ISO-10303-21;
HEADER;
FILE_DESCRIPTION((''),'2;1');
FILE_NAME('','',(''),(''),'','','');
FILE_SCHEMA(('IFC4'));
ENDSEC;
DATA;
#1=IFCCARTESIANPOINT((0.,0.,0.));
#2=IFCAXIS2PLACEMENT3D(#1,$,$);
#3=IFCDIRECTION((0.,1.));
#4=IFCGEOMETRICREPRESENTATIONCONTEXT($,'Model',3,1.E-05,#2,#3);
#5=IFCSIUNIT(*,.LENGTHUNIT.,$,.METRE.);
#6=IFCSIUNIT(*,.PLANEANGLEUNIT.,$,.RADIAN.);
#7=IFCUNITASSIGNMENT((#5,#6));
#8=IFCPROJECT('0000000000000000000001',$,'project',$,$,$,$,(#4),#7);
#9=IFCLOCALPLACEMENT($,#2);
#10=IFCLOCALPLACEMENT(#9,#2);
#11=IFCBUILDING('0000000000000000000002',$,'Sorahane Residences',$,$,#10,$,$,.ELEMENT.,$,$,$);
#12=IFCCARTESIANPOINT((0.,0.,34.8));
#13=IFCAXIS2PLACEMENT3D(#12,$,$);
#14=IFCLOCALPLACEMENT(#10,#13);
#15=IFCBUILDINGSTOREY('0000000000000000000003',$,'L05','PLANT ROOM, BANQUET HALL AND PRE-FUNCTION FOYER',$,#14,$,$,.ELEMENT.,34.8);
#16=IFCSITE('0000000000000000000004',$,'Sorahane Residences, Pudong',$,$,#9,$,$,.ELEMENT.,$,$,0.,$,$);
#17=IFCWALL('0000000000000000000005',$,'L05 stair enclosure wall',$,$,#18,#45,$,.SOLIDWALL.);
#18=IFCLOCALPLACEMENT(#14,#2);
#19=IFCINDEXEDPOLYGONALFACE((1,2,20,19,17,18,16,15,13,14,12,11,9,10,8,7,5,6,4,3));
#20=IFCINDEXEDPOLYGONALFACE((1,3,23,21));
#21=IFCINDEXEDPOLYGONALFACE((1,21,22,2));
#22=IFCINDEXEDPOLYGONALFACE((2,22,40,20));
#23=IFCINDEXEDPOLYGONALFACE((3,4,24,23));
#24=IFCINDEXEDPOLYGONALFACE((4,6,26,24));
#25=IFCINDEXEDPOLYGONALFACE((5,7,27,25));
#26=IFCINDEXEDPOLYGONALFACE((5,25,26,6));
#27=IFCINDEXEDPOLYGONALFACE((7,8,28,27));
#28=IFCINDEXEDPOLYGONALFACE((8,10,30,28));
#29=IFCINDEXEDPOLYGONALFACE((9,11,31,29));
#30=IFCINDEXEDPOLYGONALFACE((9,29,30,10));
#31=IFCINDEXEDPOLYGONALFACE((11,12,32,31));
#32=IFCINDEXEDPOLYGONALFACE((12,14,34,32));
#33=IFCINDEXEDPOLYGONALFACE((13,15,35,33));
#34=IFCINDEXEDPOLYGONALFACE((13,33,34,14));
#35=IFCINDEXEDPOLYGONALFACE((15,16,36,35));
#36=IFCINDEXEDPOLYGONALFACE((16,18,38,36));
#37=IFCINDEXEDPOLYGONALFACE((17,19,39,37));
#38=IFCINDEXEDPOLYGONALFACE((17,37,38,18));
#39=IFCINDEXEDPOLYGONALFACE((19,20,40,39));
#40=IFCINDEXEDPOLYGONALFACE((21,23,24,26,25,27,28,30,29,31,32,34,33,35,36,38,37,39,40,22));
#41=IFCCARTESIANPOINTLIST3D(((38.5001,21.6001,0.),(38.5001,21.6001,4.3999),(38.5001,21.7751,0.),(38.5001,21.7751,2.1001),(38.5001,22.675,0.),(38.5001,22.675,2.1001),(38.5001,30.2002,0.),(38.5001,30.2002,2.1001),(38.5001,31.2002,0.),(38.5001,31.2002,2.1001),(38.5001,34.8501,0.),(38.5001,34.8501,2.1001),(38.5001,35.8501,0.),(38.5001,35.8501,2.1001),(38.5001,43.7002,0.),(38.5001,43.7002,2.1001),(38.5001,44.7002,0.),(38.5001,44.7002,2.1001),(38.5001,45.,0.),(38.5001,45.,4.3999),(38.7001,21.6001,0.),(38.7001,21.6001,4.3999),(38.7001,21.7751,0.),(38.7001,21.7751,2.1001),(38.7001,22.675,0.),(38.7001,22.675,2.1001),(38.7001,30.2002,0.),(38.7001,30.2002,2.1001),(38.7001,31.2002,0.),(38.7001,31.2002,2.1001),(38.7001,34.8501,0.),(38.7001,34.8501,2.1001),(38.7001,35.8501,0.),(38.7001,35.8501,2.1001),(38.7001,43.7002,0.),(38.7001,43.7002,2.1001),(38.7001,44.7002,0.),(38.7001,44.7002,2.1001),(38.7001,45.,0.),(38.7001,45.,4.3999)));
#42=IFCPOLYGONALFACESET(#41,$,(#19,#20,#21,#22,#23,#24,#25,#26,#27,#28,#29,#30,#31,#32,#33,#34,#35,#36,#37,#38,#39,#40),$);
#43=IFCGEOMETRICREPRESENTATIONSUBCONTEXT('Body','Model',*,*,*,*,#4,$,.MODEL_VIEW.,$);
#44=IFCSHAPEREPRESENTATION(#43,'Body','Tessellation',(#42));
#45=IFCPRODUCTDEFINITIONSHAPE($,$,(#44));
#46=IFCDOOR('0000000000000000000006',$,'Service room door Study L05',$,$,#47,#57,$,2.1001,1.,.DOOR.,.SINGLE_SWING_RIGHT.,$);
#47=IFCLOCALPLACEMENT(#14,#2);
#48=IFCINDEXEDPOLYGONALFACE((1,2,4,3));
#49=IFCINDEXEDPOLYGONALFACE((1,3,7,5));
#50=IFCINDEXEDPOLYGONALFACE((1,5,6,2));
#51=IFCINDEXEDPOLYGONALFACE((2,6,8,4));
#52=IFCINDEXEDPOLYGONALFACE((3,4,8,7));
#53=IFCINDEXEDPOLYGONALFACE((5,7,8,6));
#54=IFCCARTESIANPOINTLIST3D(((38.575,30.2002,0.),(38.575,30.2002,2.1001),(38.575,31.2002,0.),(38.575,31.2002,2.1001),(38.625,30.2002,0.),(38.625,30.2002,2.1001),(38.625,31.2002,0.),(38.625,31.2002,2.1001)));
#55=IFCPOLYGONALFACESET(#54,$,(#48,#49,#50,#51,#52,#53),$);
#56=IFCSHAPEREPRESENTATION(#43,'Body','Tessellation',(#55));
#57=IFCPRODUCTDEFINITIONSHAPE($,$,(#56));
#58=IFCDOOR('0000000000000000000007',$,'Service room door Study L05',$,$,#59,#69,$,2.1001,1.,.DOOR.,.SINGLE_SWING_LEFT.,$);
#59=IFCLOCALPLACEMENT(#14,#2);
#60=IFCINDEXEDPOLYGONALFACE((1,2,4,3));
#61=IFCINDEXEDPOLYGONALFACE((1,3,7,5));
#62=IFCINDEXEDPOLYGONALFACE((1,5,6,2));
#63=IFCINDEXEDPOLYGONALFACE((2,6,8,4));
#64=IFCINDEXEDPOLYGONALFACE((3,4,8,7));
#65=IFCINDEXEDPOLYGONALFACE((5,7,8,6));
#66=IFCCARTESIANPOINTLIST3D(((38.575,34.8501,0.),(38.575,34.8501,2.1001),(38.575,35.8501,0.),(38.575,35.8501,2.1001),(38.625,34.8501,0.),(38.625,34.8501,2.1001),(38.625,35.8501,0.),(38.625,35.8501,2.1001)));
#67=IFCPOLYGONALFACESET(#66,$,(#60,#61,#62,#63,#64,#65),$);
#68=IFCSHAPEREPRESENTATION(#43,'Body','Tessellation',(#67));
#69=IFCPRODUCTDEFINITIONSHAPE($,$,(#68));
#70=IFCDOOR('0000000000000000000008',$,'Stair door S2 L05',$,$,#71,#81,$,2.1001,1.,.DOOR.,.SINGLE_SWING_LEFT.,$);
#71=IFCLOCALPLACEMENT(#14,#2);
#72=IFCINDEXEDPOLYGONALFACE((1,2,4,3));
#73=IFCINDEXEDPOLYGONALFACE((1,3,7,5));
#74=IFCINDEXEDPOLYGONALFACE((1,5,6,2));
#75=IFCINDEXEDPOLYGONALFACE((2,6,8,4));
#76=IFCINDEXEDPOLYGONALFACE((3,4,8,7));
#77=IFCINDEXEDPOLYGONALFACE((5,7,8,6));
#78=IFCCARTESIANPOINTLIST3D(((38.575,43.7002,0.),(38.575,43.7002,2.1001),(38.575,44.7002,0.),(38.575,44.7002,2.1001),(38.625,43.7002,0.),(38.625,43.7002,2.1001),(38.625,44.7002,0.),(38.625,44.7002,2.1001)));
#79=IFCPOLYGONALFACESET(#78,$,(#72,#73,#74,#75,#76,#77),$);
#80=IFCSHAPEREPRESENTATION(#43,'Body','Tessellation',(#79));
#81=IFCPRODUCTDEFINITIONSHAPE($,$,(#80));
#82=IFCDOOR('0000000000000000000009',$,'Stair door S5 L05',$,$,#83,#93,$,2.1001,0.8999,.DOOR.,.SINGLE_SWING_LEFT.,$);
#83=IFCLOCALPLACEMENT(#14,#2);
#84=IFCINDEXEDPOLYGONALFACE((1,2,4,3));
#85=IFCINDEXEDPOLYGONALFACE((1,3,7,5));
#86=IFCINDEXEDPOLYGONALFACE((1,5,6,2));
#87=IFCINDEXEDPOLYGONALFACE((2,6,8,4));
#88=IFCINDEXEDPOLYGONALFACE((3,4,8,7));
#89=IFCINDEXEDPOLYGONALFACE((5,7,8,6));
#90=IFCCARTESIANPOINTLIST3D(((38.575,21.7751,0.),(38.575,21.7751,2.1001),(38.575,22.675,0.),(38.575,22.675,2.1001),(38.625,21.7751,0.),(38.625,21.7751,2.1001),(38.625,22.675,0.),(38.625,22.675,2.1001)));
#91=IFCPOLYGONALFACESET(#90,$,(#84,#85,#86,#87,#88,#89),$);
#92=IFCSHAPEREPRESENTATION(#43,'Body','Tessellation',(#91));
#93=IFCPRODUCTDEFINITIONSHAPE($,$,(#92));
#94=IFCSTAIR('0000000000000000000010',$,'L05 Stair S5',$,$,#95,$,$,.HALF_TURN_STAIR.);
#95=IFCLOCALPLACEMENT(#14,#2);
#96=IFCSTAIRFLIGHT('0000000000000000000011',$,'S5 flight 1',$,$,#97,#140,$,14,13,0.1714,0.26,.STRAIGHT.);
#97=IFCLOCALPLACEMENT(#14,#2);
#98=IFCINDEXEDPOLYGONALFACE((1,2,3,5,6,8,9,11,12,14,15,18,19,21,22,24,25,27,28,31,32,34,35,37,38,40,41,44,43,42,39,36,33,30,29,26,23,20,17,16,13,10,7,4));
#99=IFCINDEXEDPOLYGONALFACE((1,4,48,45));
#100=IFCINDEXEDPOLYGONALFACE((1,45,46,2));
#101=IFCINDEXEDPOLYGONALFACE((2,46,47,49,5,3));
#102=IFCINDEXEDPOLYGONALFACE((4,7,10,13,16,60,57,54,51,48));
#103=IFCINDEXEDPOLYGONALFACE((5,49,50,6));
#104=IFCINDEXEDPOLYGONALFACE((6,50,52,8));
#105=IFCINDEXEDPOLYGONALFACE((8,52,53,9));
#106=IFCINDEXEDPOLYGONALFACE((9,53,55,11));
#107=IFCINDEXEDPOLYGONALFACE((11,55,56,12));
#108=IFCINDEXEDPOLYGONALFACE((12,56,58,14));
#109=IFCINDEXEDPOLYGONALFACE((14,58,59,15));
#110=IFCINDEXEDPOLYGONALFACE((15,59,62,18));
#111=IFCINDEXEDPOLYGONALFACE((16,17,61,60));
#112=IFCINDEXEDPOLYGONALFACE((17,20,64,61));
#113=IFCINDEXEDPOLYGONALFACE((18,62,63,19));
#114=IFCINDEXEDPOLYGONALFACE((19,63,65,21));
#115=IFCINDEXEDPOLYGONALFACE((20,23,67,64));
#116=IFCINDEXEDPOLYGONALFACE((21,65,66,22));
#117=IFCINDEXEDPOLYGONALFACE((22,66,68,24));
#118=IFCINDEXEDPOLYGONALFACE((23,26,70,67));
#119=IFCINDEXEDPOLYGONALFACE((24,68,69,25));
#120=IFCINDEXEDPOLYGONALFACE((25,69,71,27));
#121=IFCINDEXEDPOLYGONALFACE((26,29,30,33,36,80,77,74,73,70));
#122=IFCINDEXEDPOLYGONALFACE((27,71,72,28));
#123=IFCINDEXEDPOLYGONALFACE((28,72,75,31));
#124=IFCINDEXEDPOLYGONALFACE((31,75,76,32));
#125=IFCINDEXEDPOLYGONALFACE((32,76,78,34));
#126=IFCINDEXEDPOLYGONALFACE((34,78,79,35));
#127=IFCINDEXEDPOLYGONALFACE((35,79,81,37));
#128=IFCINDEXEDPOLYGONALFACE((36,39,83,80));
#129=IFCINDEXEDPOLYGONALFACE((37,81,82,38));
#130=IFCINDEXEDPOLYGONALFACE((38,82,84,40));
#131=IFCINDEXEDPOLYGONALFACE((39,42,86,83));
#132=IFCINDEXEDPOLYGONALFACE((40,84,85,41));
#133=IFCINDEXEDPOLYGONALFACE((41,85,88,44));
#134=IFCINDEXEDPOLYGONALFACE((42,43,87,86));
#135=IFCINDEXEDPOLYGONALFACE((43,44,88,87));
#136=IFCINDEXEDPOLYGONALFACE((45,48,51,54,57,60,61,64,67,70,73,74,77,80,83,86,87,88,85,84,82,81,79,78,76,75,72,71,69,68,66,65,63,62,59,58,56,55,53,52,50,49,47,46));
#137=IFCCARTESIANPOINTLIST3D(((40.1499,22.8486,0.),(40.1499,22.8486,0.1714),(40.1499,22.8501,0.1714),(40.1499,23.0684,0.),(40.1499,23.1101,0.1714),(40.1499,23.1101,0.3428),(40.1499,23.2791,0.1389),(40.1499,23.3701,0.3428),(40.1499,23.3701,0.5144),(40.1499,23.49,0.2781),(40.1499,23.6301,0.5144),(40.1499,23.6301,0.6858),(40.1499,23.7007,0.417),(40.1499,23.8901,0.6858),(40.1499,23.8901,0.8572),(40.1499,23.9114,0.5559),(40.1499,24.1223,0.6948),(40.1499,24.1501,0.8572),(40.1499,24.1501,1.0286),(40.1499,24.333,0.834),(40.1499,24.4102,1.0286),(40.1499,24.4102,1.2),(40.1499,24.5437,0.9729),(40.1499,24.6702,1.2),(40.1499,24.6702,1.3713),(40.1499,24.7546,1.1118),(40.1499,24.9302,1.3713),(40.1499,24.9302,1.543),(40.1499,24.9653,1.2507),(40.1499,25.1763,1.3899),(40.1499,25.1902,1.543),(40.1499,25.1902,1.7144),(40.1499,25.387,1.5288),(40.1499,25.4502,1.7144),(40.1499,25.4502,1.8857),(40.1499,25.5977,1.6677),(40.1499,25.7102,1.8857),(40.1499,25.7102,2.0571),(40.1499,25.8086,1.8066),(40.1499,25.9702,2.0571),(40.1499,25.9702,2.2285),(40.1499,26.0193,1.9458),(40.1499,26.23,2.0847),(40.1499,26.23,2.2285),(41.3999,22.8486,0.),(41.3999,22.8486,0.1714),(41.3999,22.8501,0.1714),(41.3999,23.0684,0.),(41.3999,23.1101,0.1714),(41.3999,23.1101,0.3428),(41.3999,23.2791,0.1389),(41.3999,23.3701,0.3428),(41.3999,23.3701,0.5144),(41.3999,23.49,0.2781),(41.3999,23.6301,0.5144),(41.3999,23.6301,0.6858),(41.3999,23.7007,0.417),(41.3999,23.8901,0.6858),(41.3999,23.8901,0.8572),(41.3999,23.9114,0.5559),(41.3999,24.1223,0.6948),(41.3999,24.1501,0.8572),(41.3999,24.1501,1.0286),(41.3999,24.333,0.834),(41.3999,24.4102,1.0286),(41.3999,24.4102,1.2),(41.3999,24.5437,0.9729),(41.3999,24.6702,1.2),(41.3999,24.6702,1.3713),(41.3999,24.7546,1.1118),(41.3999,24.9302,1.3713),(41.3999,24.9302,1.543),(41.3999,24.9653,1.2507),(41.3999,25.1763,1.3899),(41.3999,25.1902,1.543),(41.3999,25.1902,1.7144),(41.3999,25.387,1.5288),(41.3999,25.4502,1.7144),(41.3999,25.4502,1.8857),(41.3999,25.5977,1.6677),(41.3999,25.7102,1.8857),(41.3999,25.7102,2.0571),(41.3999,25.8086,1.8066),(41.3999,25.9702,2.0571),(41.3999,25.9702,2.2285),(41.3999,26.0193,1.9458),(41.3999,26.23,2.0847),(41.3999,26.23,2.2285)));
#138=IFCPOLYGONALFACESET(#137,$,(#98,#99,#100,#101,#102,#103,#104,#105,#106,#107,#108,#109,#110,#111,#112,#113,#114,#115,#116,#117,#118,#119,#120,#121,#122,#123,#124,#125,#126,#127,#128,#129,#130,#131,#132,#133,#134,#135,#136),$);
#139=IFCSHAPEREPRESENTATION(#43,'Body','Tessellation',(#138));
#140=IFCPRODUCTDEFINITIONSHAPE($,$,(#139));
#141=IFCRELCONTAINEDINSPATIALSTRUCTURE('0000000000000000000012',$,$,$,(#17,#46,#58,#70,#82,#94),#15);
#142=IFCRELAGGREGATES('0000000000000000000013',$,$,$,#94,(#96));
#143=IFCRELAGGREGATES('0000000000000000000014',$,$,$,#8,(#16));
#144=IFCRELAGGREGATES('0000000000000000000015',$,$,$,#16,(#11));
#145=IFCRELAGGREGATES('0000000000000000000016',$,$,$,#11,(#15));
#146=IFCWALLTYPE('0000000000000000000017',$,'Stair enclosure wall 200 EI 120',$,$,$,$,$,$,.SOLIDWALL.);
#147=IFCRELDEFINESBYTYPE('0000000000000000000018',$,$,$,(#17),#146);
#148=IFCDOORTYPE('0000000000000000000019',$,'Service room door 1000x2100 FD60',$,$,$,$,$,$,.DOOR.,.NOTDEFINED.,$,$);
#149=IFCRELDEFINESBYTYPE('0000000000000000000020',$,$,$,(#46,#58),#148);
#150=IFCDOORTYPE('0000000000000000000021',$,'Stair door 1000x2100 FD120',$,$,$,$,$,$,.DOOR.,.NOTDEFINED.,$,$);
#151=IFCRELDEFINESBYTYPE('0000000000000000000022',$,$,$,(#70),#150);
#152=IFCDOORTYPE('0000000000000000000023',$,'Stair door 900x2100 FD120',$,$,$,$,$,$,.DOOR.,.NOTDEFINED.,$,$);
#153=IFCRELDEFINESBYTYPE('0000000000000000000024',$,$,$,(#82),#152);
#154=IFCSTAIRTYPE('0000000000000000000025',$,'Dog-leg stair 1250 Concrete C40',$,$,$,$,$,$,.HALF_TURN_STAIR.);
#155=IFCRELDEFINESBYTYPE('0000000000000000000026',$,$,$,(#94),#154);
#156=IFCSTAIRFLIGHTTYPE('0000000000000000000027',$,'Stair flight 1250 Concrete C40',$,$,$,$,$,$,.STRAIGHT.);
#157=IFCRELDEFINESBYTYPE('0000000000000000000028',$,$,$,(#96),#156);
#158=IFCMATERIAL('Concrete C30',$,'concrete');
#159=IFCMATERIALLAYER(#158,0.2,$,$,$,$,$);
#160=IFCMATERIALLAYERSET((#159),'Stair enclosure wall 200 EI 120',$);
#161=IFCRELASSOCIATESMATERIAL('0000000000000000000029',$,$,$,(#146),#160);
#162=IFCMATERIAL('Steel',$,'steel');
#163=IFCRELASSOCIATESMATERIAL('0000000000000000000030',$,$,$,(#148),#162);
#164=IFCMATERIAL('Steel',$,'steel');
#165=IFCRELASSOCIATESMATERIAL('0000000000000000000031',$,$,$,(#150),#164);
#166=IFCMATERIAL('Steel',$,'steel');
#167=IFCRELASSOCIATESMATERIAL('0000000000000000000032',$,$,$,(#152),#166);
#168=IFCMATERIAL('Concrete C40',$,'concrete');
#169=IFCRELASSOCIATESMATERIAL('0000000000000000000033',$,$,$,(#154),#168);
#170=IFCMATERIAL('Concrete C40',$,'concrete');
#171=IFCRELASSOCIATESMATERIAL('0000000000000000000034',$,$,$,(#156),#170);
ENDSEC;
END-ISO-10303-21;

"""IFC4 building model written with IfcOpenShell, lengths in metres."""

from ifc_helpers import new_model, si_unit, direction, frame, frame_2d, origin, place, context, subcontext, project, spatial, polyline, rectangle, outline, extrude, material, layer, layer_set, type_object, element, fill, aggregate, save


model = new_model("IFC4")

# Units and contexts
model_context = context("Model", 3, precision=1e-05, world=origin(), true_north=direction((0.0, 1.0)))
body_context = subcontext(model_context, "Body", "Model", "MODEL_VIEW")
ifc_project = project(units=[si_unit("LENGTHUNIT", "METRE"), si_unit("PLANEANGLEUNIT", "RADIAN")], contexts=[model_context])

# Site, building, storey
site_placement = place(None, origin())
site = spatial("IfcSite", under=ifc_project, at=site_placement, Name="Sorahane Residences, Pudong", CompositionType="ELEMENT", RefElevation=0.0)
building_placement = place(site_placement, origin())
building = spatial("IfcBuilding", under=site, at=building_placement, Name="Sorahane Residences", CompositionType="ELEMENT")
storey_placement = place(building_placement, frame((0.0, 0.0, 34.8)))
storey = spatial("IfcBuildingStorey", under=building, at=storey_placement, Name="L05", Description="PLANT ROOM, BANQUET HALL AND PRE-FUNCTION FOYER", CompositionType="ELEMENT", Elevation=34.8)

# Wall, openings, doors
ifc_material_1 = material(Name="Concrete C30", Category="concrete")
ifc_layer_1 = layer(ifc_material_1, 0.2)
ifc_layer_set_1 = layer_set([ifc_layer_1], Name="Stair enclosure wall 200 EI 120")
wall_type_1 = type_object("IfcWallType", Name="Stair enclosure wall 200 EI 120", PredefinedType="SOLIDWALL", material=ifc_layer_set_1)
wall_1_placement = place(storey_placement, frame((38.6001, 21.6001, 0.0), z_axis=(0.0, 0.0, 1.0), x_axis=(0.0, 1.0, 0.0)))
wall_1 = element("IfcWall", 1, at=wall_1_placement, inside=storey, type_object=wall_type_1, Name="L05 stair enclosure wall", PredefinedType="SOLIDWALL", context=body_context, shape_type="SweptSolid", body=[
    extrude(rectangle(XDim=23.3999, YDim=0.2, at=frame_2d((11.7, 0.0))), origin(), (0.0, 0.0, 1.0), 4.3999),
])
opening_1_placement = place(wall_1_placement, frame((8.6001, 0.0, 0.0)))
opening_1 = element("IfcOpeningElement", 2, at=opening_1_placement, cuts=wall_1, PredefinedType="OPENING", context=body_context, shape_type="SweptSolid", body=[
    extrude(rectangle(XDim=1.0, YDim=2.1001, at=frame_2d((0.5, 1.05))), frame((0.0, 0.1099, 0.0), z_axis=(0.0, -1.0, 0.0), x_axis=(1.0, 0.0, 0.0)), (0.0, 0.0, 1.0), 0.22),
])
opening_2_placement = place(wall_1_placement, frame((13.25, 0.0, 0.0)))
opening_2 = element("IfcOpeningElement", 3, at=opening_2_placement, cuts=wall_1, PredefinedType="OPENING", context=body_context, shape_type="SweptSolid", body=[
    extrude(rectangle(XDim=1.0, YDim=2.1001, at=frame_2d((0.5, 1.05))), frame((0.0, 0.1099, 0.0), z_axis=(0.0, -1.0, 0.0), x_axis=(1.0, 0.0, 0.0)), (0.0, 0.0, 1.0), 0.22),
])
opening_3_placement = place(wall_1_placement, frame((22.1001, 0.0, 0.0)))
opening_3 = element("IfcOpeningElement", 4, at=opening_3_placement, cuts=wall_1, PredefinedType="OPENING", context=body_context, shape_type="SweptSolid", body=[
    extrude(rectangle(XDim=1.0, YDim=2.1001, at=frame_2d((0.5, 1.05))), frame((0.0, 0.1099, 0.0), z_axis=(0.0, -1.0, 0.0), x_axis=(1.0, 0.0, 0.0)), (0.0, 0.0, 1.0), 0.22),
])
opening_4_placement = place(wall_1_placement, frame((0.175, 0.0, 0.0)))
opening_4 = element("IfcOpeningElement", 5, at=opening_4_placement, cuts=wall_1, PredefinedType="OPENING", context=body_context, shape_type="SweptSolid", body=[
    extrude(rectangle(XDim=0.8999, YDim=2.1001, at=frame_2d((0.45, 1.05))), frame((0.0, 0.1099, 0.0), z_axis=(0.0, -1.0, 0.0), x_axis=(1.0, 0.0, 0.0)), (0.0, 0.0, 1.0), 0.22),
])
ifc_material_2 = material(Name="Steel", Category="steel")
door_type_1 = type_object("IfcDoorType", Name="Service room door 1000x2100 FD60", OperationType="NOTDEFINED", PredefinedType="DOOR", material=ifc_material_2)
door_1_placement = place(opening_1_placement, frame((1.0, 0.0, 0.0), z_axis=(0.0, 0.0, 1.0), x_axis=(-1.0, 0.0, 0.0)))
door_1 = element("IfcDoor", 6, at=door_1_placement, inside=storey, type_object=door_type_1, Name="Service room door Study L05", OperationType="SINGLE_SWING_RIGHT", OverallHeight=2.1001, OverallWidth=1.0, PredefinedType="DOOR", context=body_context, shape_type="SweptSolid", body=[
    extrude(rectangle(XDim=1.0, YDim=2.1001, at=frame_2d((0.5, 1.05))), frame((0.0, 0.0249, 0.0), z_axis=(0.0, -1.0, 0.0), x_axis=(1.0, 0.0, 0.0)), (0.0, 0.0, 1.0), 0.05),
])
fill(opening_1, door_1)
door_2_placement = place(opening_2_placement, frame((1.0, 0.0, 0.0), z_axis=(0.0, 0.0, 1.0), x_axis=(-1.0, 0.0, 0.0)))
door_2 = element("IfcDoor", 7, at=door_2_placement, inside=storey, type_object=door_type_1, Name="Service room door Study L05", OperationType="SINGLE_SWING_LEFT", OverallHeight=2.1001, OverallWidth=1.0, PredefinedType="DOOR", context=body_context, shape_type="SweptSolid", body=[
    extrude(rectangle(XDim=1.0, YDim=2.1001, at=frame_2d((0.5, 1.05))), frame((0.0, 0.0249, 0.0), z_axis=(0.0, -1.0, 0.0), x_axis=(1.0, 0.0, 0.0)), (0.0, 0.0, 1.0), 0.05),
])
fill(opening_2, door_2)
ifc_material_3 = material(Name="Steel", Category="steel")
door_type_2 = type_object("IfcDoorType", Name="Stair door 1000x2100 FD120", OperationType="NOTDEFINED", PredefinedType="DOOR", material=ifc_material_3)
door_3_placement = place(opening_3_placement, frame((1.0, 0.0, 0.0), z_axis=(0.0, 0.0, 1.0), x_axis=(-1.0, 0.0, 0.0)))
door_3 = element("IfcDoor", 8, at=door_3_placement, inside=storey, type_object=door_type_2, Name="Stair door S2 L05", OperationType="SINGLE_SWING_LEFT", OverallHeight=2.1001, OverallWidth=1.0, PredefinedType="DOOR", context=body_context, shape_type="SweptSolid", body=[
    extrude(rectangle(XDim=1.0, YDim=2.1001, at=frame_2d((0.5, 1.05))), frame((0.0, 0.0249, 0.0), z_axis=(0.0, -1.0, 0.0), x_axis=(1.0, 0.0, 0.0)), (0.0, 0.0, 1.0), 0.05),
])
fill(opening_3, door_3)
ifc_material_4 = material(Name="Steel", Category="steel")
door_type_3 = type_object("IfcDoorType", Name="Stair door 900x2100 FD120", OperationType="NOTDEFINED", PredefinedType="DOOR", material=ifc_material_4)
door_4_placement = place(opening_4_placement, frame((0.8999, 0.0, 0.0), z_axis=(0.0, 0.0, 1.0), x_axis=(-1.0, 0.0, 0.0)))
door_4 = element("IfcDoor", 9, at=door_4_placement, inside=storey, type_object=door_type_3, Name="Stair door S5 L05", OperationType="SINGLE_SWING_LEFT", OverallHeight=2.1001, OverallWidth=0.8999, PredefinedType="DOOR", context=body_context, shape_type="SweptSolid", body=[
    extrude(rectangle(XDim=0.8999, YDim=2.1001, at=frame_2d((0.45, 1.05))), frame((0.0, 0.0249, 0.0), z_axis=(0.0, -1.0, 0.0), x_axis=(1.0, 0.0, 0.0)), (0.0, 0.0, 1.0), 0.05),
])
fill(opening_4, door_4)

# Stair, stair flight
ifc_material_5 = material(Name="Concrete C40", Category="concrete")
stair_type = type_object("IfcStairType", Name="Dog-leg stair 1250 Concrete C40", PredefinedType="HALF_TURN_STAIR", material=ifc_material_5)
stair_placement = place(storey_placement, origin())
stair = element("IfcStair", 10, at=stair_placement, inside=storey, type_object=stair_type, Name="L05 Stair S5", PredefinedType="HALF_TURN_STAIR")
ifc_material_6 = material(Name="Concrete C40", Category="concrete")
stair_flight_type = type_object("IfcStairFlightType", Name="Stair flight 1250 Concrete C40", PredefinedType="STRAIGHT", material=ifc_material_6)
stair_flight_placement = place(storey_placement, frame((40.7749, 22.8501, 0.0), z_axis=(0.0, 0.0, 1.0), x_axis=(0.0, 1.0, 0.0)))
stair_flight = element("IfcStairFlight", 11, at=stair_flight_placement, type_object=stair_flight_type, Name="S5 flight 1", NumberOfRisers=14, NumberOfTreads=13, PredefinedType="STRAIGHT", RiserHeight=0.1714, TreadLength=0.26, context=body_context, shape_type="SweptSolid", body=[
    extrude(outline(polyline([(-0.0015, 0.0), (-0.0015, 0.1714), (0.0, 0.1714), (0.26, 0.1714), (0.26, 0.3428), (0.52, 0.3428), (0.52, 0.5144), (0.78, 0.5144), (0.78, 0.6858), (1.04, 0.6858), (1.04, 0.8572), (1.3, 0.8572), (1.3, 1.0286), (1.5601, 1.0286), (1.5601, 1.2), (1.8201, 1.2), (1.8201, 1.3713), (2.0801, 1.3713), (2.0801, 1.543), (2.3401, 1.543), (2.3401, 1.7144), (2.6001, 1.7144), (2.6001, 1.8857), (2.8601, 1.8857), (2.8601, 2.0571), (3.1201, 2.0571), (3.1201, 2.2285), (3.3799, 2.2285), (3.3799, 2.3999), (3.3799, 2.0847), (3.1692, 1.9458), (2.9585, 1.8066), (2.7476, 1.6677), (2.5369, 1.5288), (2.3262, 1.3899), (2.1152, 1.2507), (1.9045, 1.1118), (1.6936, 0.9729), (1.4829, 0.834), (1.2722, 0.6948), (1.0613, 0.5559), (0.8506, 0.417), (0.6399, 0.2781), (0.429, 0.1389), (0.2183, 0.0), (-0.0015, 0.0)])), frame((0.0, 0.625, 0.0), z_axis=(0.0, -1.0, 0.0), x_axis=(1.0, 0.0, 0.0)), (0.0, 0.0, 1.0), 1.25),
])
aggregate(stair, [stair_flight])

save(model, "model.ifc")
